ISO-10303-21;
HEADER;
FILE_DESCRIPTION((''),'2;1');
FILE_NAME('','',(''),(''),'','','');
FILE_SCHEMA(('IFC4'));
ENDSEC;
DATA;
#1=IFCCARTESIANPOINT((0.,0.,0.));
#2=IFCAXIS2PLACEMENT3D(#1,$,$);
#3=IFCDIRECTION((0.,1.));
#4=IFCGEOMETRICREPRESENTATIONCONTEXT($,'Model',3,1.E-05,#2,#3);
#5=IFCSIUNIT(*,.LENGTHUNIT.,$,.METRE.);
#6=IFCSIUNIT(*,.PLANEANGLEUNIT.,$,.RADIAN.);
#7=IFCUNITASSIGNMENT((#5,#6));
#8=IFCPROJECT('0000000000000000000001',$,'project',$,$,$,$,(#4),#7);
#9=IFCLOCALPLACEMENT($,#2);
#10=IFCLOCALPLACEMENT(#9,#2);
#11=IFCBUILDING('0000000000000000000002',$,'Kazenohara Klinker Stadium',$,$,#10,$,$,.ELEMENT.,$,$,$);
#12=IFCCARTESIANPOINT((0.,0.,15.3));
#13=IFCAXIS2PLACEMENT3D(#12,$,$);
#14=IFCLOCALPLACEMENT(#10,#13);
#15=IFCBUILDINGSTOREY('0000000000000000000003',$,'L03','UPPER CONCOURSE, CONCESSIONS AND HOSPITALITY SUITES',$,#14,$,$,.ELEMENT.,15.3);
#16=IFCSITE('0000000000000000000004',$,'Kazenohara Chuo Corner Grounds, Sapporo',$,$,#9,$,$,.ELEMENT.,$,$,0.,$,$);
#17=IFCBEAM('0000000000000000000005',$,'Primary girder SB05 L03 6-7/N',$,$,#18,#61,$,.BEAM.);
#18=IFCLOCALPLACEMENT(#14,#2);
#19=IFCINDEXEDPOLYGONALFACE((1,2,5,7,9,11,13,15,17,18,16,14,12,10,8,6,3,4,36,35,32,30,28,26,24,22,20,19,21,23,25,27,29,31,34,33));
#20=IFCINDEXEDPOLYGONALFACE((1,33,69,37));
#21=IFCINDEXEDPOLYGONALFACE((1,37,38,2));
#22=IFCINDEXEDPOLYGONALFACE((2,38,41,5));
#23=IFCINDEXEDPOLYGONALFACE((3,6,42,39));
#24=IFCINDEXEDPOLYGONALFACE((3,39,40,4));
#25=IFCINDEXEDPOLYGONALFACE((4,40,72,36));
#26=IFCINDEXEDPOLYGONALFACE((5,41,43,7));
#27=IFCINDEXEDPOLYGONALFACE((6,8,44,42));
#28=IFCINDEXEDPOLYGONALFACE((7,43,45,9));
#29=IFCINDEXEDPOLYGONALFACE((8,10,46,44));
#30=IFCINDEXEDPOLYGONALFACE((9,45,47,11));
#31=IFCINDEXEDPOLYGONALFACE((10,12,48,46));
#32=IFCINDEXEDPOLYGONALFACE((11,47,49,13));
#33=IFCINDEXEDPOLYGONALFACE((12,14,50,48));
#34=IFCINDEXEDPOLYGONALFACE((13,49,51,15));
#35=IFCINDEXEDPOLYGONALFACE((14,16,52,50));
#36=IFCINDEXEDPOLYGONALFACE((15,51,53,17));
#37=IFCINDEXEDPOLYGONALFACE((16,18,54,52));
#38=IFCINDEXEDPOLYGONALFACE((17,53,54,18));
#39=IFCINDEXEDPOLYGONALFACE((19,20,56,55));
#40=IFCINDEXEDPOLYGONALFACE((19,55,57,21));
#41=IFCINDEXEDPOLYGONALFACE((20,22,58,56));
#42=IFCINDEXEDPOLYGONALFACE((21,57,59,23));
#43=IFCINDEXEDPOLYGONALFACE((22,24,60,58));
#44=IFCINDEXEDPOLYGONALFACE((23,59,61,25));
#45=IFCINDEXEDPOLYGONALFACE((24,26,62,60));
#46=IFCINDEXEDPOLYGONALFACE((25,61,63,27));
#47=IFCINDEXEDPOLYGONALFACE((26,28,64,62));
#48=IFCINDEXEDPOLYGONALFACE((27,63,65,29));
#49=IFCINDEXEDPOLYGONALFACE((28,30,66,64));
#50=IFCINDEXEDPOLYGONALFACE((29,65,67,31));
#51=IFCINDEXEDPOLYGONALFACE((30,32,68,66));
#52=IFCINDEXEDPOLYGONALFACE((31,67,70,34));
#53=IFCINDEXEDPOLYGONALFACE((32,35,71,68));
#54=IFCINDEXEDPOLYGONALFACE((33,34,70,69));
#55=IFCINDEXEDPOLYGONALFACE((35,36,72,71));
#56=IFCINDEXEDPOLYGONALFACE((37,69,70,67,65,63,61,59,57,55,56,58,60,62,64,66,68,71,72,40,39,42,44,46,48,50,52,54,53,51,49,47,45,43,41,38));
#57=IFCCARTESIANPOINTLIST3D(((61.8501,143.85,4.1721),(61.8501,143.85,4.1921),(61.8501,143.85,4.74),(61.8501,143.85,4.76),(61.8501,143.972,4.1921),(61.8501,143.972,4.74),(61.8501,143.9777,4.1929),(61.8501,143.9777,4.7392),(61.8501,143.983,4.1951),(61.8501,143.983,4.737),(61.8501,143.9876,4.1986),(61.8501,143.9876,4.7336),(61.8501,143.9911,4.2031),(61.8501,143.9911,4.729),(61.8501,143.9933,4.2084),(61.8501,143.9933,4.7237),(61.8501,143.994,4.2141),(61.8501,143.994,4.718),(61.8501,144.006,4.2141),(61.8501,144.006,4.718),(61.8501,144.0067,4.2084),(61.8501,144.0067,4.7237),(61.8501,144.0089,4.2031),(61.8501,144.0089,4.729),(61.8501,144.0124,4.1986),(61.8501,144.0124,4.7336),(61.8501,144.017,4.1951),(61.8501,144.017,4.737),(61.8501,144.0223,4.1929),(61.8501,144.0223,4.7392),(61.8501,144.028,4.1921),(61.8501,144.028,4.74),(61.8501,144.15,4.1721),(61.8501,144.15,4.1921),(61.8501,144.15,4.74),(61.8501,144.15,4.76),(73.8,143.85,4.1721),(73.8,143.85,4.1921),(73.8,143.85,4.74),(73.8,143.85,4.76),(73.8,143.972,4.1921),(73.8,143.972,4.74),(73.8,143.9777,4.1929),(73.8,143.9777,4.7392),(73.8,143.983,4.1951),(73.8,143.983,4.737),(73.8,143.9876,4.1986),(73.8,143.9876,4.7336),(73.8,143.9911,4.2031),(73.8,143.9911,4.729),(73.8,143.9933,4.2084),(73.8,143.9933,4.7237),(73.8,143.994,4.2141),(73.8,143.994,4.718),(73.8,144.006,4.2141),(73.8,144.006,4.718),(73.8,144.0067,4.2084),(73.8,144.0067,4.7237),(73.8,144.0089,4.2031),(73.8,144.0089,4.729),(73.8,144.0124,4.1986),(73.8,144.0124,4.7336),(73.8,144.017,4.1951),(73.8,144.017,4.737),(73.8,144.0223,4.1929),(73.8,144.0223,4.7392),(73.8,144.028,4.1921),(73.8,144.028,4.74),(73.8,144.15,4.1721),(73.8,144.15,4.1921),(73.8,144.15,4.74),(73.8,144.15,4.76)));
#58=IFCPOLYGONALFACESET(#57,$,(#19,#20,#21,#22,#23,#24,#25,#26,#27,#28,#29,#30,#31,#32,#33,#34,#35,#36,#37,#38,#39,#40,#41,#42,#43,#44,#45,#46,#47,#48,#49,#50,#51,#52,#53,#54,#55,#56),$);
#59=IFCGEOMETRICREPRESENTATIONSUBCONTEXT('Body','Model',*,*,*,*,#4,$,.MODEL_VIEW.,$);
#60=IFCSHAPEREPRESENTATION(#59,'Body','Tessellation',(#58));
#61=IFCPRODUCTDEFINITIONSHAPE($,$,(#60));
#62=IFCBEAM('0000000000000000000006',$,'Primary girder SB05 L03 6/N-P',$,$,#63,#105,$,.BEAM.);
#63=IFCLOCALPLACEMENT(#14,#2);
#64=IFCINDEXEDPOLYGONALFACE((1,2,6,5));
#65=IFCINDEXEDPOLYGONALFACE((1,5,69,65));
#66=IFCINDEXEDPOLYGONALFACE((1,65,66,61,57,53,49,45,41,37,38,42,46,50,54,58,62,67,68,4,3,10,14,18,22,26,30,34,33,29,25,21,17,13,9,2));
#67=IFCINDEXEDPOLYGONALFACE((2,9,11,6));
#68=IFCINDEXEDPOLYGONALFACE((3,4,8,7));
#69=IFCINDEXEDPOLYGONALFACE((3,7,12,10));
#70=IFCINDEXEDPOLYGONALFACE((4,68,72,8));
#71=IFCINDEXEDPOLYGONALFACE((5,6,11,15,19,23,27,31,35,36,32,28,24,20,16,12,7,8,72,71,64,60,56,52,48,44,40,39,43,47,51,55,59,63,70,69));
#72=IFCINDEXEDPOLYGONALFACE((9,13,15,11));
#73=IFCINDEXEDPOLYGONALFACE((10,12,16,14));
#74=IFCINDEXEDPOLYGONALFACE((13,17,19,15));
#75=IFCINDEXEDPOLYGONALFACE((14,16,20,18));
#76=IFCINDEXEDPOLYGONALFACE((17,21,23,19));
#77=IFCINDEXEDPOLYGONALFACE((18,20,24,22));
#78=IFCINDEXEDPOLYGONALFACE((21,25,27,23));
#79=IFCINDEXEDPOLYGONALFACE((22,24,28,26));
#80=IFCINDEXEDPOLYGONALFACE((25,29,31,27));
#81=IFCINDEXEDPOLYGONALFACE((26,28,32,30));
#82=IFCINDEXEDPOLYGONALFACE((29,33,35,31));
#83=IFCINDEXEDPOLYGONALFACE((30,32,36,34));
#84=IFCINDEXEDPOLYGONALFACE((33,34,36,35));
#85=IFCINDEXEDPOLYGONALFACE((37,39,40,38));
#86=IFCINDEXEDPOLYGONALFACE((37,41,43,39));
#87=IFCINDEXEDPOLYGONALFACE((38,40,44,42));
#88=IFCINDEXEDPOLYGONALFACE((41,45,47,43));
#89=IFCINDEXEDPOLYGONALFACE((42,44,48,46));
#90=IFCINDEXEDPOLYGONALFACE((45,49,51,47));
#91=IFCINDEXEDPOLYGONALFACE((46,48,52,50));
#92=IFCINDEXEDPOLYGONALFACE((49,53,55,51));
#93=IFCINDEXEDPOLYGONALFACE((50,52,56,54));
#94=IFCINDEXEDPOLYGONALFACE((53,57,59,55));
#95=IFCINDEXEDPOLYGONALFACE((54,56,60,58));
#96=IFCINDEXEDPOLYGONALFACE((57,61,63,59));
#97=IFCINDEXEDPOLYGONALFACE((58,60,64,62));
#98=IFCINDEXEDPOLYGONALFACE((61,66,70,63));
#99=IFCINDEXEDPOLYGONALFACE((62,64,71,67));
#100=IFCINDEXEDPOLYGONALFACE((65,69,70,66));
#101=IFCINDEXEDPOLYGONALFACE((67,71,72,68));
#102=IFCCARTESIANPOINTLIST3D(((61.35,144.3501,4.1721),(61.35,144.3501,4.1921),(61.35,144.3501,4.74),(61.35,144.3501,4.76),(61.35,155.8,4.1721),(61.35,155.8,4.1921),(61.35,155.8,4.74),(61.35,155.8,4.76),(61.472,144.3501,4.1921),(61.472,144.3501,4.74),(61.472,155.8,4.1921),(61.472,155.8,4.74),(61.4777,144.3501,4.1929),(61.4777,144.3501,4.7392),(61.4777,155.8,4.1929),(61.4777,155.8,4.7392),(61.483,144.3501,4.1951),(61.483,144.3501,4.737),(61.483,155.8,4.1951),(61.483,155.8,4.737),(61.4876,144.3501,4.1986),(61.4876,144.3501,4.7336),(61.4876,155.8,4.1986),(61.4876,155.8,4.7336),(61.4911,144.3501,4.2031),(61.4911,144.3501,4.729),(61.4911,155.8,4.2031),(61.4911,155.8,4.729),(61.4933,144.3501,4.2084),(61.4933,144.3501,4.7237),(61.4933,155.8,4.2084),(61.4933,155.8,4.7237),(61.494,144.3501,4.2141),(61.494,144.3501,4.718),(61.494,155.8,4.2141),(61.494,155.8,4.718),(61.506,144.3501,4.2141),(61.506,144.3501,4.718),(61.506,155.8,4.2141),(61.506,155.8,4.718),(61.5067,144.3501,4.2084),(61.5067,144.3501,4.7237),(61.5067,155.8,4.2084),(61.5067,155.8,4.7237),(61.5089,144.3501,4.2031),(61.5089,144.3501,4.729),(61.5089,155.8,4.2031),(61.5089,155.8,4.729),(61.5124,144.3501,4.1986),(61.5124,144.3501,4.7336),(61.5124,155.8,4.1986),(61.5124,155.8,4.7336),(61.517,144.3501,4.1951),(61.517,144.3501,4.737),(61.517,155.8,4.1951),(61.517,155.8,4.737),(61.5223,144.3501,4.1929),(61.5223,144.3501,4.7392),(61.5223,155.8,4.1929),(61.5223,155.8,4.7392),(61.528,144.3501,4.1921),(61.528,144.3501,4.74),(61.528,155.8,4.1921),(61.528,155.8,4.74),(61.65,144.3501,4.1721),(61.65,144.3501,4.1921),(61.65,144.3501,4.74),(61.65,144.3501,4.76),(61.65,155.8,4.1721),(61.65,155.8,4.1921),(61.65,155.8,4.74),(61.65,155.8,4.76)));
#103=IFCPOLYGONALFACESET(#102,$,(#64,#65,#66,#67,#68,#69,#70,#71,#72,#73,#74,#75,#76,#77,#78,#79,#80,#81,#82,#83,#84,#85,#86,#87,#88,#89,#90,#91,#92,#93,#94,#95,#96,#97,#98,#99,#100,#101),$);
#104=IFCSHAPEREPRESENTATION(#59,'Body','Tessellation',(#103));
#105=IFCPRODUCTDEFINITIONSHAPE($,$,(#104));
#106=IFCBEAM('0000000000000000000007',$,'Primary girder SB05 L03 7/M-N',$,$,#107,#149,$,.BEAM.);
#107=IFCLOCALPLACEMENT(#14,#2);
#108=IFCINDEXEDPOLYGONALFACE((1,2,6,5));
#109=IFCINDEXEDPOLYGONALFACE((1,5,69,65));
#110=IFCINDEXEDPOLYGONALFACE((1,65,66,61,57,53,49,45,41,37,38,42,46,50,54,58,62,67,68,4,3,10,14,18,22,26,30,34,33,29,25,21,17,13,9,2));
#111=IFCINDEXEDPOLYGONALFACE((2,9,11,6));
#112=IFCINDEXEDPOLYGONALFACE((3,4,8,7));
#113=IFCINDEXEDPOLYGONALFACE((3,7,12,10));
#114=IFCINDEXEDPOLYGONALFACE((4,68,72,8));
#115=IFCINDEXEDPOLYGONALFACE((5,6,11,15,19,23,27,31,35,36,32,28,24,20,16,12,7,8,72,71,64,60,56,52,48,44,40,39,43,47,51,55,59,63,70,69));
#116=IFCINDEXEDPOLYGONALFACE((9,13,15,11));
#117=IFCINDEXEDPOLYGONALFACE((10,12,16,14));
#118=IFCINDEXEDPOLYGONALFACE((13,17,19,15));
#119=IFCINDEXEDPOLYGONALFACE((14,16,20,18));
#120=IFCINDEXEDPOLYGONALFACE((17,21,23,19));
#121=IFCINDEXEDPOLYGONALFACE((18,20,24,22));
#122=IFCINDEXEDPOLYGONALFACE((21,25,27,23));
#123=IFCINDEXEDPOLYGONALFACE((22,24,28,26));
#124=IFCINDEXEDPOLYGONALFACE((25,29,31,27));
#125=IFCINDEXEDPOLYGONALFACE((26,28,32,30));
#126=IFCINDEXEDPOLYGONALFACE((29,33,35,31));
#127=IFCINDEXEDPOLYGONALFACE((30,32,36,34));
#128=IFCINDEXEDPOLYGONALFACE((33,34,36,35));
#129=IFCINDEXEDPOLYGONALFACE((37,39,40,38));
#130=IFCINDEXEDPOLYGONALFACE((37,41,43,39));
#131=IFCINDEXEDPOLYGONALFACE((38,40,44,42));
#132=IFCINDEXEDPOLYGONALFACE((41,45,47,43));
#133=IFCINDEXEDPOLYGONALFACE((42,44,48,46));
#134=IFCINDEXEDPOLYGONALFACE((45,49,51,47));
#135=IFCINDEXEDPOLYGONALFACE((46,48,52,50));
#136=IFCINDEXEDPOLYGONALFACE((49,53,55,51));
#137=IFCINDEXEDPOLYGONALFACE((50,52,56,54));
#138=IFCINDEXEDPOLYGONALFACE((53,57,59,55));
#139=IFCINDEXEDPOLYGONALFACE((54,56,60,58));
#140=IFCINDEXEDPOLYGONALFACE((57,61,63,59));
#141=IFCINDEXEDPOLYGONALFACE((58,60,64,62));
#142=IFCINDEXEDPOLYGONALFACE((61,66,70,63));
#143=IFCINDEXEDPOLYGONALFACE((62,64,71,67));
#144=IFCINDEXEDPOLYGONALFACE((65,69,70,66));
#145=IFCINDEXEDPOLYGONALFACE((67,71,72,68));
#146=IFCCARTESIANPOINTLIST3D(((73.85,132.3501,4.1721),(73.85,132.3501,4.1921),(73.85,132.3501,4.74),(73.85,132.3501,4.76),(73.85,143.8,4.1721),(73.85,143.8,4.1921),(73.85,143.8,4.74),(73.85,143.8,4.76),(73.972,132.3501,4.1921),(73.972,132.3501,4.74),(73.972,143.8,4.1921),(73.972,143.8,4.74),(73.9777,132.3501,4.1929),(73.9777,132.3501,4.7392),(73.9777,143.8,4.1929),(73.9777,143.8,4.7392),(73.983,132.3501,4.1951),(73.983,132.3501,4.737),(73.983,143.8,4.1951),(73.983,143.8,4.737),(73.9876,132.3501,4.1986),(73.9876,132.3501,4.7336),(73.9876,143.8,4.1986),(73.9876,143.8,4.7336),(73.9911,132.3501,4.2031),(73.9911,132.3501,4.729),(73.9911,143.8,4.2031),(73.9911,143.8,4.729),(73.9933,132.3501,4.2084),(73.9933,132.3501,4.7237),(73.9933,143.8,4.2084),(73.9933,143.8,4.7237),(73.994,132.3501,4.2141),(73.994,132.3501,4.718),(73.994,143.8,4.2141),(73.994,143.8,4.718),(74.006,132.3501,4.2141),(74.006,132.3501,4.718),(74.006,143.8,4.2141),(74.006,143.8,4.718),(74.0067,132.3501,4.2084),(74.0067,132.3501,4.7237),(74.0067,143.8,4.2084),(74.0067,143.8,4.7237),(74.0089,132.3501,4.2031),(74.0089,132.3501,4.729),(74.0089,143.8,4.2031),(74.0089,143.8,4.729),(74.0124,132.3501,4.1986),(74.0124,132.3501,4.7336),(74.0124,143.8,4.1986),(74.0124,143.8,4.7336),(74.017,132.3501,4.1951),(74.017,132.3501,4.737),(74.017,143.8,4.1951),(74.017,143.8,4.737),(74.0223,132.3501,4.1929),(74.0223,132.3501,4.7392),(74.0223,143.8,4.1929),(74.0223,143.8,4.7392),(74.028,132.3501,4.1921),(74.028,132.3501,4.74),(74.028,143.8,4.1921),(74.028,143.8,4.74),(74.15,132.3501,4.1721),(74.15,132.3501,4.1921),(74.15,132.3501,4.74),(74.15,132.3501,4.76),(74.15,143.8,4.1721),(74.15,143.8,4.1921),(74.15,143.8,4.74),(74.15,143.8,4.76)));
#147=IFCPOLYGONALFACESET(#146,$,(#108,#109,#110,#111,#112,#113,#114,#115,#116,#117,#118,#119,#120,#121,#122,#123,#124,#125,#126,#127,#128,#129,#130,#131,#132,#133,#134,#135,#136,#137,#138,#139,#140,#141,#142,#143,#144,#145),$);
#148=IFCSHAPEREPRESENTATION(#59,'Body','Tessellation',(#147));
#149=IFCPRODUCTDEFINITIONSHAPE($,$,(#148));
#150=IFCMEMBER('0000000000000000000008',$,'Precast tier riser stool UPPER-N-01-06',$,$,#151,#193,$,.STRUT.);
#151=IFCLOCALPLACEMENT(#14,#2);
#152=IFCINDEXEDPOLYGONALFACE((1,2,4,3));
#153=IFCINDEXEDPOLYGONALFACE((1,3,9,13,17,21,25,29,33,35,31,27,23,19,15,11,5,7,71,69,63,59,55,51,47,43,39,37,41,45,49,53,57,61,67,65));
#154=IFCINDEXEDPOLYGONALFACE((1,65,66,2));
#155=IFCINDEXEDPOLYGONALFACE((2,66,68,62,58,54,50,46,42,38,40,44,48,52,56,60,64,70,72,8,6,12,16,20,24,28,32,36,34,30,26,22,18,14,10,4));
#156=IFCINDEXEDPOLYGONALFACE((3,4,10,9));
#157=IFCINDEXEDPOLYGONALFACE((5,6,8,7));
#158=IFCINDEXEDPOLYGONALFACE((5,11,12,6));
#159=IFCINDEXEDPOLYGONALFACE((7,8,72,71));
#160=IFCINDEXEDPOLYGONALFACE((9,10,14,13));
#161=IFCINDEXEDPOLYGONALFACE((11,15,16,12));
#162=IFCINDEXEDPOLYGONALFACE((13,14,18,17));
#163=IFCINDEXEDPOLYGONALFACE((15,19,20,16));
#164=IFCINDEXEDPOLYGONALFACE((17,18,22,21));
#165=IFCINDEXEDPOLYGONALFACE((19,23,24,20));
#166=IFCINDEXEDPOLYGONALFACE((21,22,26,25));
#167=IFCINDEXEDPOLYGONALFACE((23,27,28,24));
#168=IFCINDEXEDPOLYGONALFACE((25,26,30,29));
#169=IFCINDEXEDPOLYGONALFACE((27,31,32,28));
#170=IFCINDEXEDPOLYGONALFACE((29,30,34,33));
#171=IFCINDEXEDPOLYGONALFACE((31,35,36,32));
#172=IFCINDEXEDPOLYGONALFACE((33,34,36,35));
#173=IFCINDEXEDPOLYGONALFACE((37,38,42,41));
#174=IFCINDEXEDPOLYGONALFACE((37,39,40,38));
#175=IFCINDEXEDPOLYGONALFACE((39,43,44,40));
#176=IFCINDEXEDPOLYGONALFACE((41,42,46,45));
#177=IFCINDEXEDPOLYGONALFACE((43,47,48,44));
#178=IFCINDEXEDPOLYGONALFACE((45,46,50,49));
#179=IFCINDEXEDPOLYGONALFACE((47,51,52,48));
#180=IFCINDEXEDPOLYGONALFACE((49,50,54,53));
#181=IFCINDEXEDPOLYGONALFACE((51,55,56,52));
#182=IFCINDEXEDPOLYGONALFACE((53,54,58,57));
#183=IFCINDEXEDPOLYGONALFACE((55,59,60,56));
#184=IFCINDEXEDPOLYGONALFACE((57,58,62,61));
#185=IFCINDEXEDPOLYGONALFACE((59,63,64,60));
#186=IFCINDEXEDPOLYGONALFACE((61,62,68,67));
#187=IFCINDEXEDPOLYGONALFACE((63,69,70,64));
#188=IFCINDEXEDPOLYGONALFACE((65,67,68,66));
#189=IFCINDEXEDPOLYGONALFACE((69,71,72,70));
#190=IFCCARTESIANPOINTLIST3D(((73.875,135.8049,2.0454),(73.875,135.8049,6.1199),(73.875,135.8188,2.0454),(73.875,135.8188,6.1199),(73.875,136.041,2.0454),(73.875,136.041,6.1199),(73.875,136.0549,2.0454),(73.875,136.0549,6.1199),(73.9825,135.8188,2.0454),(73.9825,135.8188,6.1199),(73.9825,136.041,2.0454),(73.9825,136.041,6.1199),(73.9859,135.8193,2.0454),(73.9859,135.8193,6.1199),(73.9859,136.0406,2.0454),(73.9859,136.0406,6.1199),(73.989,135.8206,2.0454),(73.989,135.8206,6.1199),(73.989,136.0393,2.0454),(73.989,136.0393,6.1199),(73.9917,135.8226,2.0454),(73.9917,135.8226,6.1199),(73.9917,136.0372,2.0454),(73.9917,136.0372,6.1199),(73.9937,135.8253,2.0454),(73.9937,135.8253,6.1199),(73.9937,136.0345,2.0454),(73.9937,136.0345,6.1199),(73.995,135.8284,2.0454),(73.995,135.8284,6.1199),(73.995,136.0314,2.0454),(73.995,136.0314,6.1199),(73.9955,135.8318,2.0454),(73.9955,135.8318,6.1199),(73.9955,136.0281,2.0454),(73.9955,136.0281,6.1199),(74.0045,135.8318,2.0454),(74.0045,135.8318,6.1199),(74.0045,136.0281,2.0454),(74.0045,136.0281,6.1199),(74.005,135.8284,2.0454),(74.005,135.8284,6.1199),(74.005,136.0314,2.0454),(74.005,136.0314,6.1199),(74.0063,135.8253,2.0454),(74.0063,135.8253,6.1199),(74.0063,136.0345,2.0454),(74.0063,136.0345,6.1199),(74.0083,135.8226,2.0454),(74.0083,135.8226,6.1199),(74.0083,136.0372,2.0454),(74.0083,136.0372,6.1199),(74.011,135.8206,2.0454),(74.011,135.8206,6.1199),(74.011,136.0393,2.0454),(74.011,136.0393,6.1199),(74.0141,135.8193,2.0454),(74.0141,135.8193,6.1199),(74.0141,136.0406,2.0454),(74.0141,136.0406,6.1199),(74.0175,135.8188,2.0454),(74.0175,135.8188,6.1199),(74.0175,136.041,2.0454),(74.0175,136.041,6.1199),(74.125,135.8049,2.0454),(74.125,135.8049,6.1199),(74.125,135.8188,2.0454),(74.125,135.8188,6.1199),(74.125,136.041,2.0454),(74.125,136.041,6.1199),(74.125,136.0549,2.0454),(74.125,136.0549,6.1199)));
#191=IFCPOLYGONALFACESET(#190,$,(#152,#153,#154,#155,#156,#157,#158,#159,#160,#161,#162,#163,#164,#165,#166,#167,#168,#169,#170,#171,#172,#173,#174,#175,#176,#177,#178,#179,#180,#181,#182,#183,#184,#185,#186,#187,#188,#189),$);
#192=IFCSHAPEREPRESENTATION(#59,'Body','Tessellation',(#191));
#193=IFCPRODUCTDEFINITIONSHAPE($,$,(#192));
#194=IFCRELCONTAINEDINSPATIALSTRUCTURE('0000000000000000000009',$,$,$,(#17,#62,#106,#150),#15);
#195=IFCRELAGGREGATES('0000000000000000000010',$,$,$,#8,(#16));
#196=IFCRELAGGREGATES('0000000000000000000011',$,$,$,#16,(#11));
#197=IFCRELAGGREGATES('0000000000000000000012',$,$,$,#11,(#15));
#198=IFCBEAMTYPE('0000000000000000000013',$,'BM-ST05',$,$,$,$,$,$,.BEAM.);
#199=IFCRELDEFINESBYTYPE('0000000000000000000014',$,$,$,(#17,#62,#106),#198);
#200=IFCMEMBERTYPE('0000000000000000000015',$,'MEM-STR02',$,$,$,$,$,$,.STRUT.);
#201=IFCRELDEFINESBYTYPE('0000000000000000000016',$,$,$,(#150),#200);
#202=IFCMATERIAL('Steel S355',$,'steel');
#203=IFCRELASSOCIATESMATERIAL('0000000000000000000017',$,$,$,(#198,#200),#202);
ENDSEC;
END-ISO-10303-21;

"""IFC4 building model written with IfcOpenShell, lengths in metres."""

from ifc_helpers import new_model, si_unit, direction, frame, origin, origin_2d, place, context, subcontext, project, spatial, i_section, extrude, material, material_profile, profile_set, type_object, element, save


model = new_model("IFC4")

# Units and contexts
model_context = context("Model", 3, precision=1e-05, world=origin(), true_north=direction((0.0, 1.0)))
body_context = subcontext(model_context, "Body", "Model", "MODEL_VIEW")
ifc_project = project(units=[si_unit("LENGTHUNIT", "METRE"), si_unit("PLANEANGLEUNIT", "RADIAN")], contexts=[model_context])

# Site, building, storey
site_placement = place(None, origin())
site = spatial("IfcSite", under=ifc_project, at=site_placement, Name="Kazenohara Chuo Corner Grounds, Sapporo", CompositionType="ELEMENT", RefElevation=0.0)
building_placement = place(site_placement, origin())
building = spatial("IfcBuilding", under=site, at=building_placement, Name="Kazenohara Klinker Stadium", CompositionType="ELEMENT")
storey_placement = place(building_placement, frame((0.0, 0.0, 15.3)))
storey = spatial("IfcBuildingStorey", under=building, at=storey_placement, Name="L03", Description="UPPER CONCOURSE, CONCESSIONS AND HOSPITALITY SUITES", CompositionType="ELEMENT", Elevation=15.3)

# Shared definitions
ifc_material_1 = material(Name="Steel S355", Category="steel")

# Beams
ifc_material_profile_1 = material_profile(ifc_material_1, i_section(OverallWidth=0.3, OverallDepth=0.5879, WebThickness=0.012, FlangeThickness=0.02, FilletRadius=0.022, at=origin_2d()), Name="H-588x300x12x20")
ifc_profile_set_1 = profile_set([ifc_material_profile_1], Name="Steel S355")
beam_type_1 = type_object("IfcBeamType", Name="BM-ST05", PredefinedType="BEAM", material=ifc_profile_set_1)
beam_1_placement = place(storey_placement, frame((61.8501, 144.0, 4.4661), z_axis=(1.0, 0.0, 0.0), x_axis=(0.0, 1.0, 0.0)))
element("IfcBeam", 1, at=beam_1_placement, inside=storey, type_object=beam_type_1, Name="Primary girder SB05 L03 6-7/N", PredefinedType="BEAM", context=body_context, shape_type="SweptSolid", body=[
    extrude(i_section(OverallWidth=0.3, OverallDepth=0.5879, WebThickness=0.012, FlangeThickness=0.02, FilletRadius=0.022, at=origin_2d()), origin(), (0.0, 0.0, 1.0), 11.95),
])
for number, where, z_axis, x_axis, name in (
    (2, (61.5, 144.3501, 4.4661), (0.0, 1.0, 0.0), (-1.0, 0.0, 0.0), "Primary girder SB05 L03 6/N-P"),
    (3, (74.0, 132.3501, 4.4661), (0.0, 1.0, 0.0), (-1.0, 0.0, 0.0), "Primary girder SB05 L03 7/M-N"),
):
    element("IfcBeam", number, at=place(storey_placement, frame(where, z_axis=z_axis, x_axis=x_axis)), inside=storey, type_object=beam_type_1, Name=name, PredefinedType="BEAM", context=body_context, shape_type="SweptSolid", body=[
        extrude(i_section(OverallWidth=0.3, OverallDepth=0.5879, WebThickness=0.012, FlangeThickness=0.02, FilletRadius=0.022, at=origin_2d()), origin(), (0.0, 0.0, 1.0), 11.45),
    ])

# Member
ifc_material_profile_2 = material_profile(ifc_material_1, i_section(OverallWidth=0.25, OverallDepth=0.25, WebThickness=0.009, FlangeThickness=0.0139, FilletRadius=0.0129, at=origin_2d()), Name="H-250x250x9x14")
ifc_profile_set_2 = profile_set([ifc_material_profile_2], Name="Steel S355")
member_type = type_object("IfcMemberType", Name="MEM-STR02", PredefinedType="STRUT", material=ifc_profile_set_2)
member_1_placement = place(storey_placement, frame((74.0, 135.9299, 2.0454), z_axis=(0.0, 0.0, 1.0), x_axis=(1.0, 0.0, 0.0)))
element("IfcMember", 4, at=member_1_placement, inside=storey, type_object=member_type, Name="Precast tier riser stool UPPER-N-01-06", PredefinedType="STRUT", context=body_context, shape_type="SweptSolid", body=[
    extrude(i_section(OverallWidth=0.25, OverallDepth=0.25, WebThickness=0.009, FlangeThickness=0.0139, FilletRadius=0.0129, at=origin_2d()), origin(), (0.0, 0.0, 1.0), 4.0745),
])

save(model, "model.ifc")
